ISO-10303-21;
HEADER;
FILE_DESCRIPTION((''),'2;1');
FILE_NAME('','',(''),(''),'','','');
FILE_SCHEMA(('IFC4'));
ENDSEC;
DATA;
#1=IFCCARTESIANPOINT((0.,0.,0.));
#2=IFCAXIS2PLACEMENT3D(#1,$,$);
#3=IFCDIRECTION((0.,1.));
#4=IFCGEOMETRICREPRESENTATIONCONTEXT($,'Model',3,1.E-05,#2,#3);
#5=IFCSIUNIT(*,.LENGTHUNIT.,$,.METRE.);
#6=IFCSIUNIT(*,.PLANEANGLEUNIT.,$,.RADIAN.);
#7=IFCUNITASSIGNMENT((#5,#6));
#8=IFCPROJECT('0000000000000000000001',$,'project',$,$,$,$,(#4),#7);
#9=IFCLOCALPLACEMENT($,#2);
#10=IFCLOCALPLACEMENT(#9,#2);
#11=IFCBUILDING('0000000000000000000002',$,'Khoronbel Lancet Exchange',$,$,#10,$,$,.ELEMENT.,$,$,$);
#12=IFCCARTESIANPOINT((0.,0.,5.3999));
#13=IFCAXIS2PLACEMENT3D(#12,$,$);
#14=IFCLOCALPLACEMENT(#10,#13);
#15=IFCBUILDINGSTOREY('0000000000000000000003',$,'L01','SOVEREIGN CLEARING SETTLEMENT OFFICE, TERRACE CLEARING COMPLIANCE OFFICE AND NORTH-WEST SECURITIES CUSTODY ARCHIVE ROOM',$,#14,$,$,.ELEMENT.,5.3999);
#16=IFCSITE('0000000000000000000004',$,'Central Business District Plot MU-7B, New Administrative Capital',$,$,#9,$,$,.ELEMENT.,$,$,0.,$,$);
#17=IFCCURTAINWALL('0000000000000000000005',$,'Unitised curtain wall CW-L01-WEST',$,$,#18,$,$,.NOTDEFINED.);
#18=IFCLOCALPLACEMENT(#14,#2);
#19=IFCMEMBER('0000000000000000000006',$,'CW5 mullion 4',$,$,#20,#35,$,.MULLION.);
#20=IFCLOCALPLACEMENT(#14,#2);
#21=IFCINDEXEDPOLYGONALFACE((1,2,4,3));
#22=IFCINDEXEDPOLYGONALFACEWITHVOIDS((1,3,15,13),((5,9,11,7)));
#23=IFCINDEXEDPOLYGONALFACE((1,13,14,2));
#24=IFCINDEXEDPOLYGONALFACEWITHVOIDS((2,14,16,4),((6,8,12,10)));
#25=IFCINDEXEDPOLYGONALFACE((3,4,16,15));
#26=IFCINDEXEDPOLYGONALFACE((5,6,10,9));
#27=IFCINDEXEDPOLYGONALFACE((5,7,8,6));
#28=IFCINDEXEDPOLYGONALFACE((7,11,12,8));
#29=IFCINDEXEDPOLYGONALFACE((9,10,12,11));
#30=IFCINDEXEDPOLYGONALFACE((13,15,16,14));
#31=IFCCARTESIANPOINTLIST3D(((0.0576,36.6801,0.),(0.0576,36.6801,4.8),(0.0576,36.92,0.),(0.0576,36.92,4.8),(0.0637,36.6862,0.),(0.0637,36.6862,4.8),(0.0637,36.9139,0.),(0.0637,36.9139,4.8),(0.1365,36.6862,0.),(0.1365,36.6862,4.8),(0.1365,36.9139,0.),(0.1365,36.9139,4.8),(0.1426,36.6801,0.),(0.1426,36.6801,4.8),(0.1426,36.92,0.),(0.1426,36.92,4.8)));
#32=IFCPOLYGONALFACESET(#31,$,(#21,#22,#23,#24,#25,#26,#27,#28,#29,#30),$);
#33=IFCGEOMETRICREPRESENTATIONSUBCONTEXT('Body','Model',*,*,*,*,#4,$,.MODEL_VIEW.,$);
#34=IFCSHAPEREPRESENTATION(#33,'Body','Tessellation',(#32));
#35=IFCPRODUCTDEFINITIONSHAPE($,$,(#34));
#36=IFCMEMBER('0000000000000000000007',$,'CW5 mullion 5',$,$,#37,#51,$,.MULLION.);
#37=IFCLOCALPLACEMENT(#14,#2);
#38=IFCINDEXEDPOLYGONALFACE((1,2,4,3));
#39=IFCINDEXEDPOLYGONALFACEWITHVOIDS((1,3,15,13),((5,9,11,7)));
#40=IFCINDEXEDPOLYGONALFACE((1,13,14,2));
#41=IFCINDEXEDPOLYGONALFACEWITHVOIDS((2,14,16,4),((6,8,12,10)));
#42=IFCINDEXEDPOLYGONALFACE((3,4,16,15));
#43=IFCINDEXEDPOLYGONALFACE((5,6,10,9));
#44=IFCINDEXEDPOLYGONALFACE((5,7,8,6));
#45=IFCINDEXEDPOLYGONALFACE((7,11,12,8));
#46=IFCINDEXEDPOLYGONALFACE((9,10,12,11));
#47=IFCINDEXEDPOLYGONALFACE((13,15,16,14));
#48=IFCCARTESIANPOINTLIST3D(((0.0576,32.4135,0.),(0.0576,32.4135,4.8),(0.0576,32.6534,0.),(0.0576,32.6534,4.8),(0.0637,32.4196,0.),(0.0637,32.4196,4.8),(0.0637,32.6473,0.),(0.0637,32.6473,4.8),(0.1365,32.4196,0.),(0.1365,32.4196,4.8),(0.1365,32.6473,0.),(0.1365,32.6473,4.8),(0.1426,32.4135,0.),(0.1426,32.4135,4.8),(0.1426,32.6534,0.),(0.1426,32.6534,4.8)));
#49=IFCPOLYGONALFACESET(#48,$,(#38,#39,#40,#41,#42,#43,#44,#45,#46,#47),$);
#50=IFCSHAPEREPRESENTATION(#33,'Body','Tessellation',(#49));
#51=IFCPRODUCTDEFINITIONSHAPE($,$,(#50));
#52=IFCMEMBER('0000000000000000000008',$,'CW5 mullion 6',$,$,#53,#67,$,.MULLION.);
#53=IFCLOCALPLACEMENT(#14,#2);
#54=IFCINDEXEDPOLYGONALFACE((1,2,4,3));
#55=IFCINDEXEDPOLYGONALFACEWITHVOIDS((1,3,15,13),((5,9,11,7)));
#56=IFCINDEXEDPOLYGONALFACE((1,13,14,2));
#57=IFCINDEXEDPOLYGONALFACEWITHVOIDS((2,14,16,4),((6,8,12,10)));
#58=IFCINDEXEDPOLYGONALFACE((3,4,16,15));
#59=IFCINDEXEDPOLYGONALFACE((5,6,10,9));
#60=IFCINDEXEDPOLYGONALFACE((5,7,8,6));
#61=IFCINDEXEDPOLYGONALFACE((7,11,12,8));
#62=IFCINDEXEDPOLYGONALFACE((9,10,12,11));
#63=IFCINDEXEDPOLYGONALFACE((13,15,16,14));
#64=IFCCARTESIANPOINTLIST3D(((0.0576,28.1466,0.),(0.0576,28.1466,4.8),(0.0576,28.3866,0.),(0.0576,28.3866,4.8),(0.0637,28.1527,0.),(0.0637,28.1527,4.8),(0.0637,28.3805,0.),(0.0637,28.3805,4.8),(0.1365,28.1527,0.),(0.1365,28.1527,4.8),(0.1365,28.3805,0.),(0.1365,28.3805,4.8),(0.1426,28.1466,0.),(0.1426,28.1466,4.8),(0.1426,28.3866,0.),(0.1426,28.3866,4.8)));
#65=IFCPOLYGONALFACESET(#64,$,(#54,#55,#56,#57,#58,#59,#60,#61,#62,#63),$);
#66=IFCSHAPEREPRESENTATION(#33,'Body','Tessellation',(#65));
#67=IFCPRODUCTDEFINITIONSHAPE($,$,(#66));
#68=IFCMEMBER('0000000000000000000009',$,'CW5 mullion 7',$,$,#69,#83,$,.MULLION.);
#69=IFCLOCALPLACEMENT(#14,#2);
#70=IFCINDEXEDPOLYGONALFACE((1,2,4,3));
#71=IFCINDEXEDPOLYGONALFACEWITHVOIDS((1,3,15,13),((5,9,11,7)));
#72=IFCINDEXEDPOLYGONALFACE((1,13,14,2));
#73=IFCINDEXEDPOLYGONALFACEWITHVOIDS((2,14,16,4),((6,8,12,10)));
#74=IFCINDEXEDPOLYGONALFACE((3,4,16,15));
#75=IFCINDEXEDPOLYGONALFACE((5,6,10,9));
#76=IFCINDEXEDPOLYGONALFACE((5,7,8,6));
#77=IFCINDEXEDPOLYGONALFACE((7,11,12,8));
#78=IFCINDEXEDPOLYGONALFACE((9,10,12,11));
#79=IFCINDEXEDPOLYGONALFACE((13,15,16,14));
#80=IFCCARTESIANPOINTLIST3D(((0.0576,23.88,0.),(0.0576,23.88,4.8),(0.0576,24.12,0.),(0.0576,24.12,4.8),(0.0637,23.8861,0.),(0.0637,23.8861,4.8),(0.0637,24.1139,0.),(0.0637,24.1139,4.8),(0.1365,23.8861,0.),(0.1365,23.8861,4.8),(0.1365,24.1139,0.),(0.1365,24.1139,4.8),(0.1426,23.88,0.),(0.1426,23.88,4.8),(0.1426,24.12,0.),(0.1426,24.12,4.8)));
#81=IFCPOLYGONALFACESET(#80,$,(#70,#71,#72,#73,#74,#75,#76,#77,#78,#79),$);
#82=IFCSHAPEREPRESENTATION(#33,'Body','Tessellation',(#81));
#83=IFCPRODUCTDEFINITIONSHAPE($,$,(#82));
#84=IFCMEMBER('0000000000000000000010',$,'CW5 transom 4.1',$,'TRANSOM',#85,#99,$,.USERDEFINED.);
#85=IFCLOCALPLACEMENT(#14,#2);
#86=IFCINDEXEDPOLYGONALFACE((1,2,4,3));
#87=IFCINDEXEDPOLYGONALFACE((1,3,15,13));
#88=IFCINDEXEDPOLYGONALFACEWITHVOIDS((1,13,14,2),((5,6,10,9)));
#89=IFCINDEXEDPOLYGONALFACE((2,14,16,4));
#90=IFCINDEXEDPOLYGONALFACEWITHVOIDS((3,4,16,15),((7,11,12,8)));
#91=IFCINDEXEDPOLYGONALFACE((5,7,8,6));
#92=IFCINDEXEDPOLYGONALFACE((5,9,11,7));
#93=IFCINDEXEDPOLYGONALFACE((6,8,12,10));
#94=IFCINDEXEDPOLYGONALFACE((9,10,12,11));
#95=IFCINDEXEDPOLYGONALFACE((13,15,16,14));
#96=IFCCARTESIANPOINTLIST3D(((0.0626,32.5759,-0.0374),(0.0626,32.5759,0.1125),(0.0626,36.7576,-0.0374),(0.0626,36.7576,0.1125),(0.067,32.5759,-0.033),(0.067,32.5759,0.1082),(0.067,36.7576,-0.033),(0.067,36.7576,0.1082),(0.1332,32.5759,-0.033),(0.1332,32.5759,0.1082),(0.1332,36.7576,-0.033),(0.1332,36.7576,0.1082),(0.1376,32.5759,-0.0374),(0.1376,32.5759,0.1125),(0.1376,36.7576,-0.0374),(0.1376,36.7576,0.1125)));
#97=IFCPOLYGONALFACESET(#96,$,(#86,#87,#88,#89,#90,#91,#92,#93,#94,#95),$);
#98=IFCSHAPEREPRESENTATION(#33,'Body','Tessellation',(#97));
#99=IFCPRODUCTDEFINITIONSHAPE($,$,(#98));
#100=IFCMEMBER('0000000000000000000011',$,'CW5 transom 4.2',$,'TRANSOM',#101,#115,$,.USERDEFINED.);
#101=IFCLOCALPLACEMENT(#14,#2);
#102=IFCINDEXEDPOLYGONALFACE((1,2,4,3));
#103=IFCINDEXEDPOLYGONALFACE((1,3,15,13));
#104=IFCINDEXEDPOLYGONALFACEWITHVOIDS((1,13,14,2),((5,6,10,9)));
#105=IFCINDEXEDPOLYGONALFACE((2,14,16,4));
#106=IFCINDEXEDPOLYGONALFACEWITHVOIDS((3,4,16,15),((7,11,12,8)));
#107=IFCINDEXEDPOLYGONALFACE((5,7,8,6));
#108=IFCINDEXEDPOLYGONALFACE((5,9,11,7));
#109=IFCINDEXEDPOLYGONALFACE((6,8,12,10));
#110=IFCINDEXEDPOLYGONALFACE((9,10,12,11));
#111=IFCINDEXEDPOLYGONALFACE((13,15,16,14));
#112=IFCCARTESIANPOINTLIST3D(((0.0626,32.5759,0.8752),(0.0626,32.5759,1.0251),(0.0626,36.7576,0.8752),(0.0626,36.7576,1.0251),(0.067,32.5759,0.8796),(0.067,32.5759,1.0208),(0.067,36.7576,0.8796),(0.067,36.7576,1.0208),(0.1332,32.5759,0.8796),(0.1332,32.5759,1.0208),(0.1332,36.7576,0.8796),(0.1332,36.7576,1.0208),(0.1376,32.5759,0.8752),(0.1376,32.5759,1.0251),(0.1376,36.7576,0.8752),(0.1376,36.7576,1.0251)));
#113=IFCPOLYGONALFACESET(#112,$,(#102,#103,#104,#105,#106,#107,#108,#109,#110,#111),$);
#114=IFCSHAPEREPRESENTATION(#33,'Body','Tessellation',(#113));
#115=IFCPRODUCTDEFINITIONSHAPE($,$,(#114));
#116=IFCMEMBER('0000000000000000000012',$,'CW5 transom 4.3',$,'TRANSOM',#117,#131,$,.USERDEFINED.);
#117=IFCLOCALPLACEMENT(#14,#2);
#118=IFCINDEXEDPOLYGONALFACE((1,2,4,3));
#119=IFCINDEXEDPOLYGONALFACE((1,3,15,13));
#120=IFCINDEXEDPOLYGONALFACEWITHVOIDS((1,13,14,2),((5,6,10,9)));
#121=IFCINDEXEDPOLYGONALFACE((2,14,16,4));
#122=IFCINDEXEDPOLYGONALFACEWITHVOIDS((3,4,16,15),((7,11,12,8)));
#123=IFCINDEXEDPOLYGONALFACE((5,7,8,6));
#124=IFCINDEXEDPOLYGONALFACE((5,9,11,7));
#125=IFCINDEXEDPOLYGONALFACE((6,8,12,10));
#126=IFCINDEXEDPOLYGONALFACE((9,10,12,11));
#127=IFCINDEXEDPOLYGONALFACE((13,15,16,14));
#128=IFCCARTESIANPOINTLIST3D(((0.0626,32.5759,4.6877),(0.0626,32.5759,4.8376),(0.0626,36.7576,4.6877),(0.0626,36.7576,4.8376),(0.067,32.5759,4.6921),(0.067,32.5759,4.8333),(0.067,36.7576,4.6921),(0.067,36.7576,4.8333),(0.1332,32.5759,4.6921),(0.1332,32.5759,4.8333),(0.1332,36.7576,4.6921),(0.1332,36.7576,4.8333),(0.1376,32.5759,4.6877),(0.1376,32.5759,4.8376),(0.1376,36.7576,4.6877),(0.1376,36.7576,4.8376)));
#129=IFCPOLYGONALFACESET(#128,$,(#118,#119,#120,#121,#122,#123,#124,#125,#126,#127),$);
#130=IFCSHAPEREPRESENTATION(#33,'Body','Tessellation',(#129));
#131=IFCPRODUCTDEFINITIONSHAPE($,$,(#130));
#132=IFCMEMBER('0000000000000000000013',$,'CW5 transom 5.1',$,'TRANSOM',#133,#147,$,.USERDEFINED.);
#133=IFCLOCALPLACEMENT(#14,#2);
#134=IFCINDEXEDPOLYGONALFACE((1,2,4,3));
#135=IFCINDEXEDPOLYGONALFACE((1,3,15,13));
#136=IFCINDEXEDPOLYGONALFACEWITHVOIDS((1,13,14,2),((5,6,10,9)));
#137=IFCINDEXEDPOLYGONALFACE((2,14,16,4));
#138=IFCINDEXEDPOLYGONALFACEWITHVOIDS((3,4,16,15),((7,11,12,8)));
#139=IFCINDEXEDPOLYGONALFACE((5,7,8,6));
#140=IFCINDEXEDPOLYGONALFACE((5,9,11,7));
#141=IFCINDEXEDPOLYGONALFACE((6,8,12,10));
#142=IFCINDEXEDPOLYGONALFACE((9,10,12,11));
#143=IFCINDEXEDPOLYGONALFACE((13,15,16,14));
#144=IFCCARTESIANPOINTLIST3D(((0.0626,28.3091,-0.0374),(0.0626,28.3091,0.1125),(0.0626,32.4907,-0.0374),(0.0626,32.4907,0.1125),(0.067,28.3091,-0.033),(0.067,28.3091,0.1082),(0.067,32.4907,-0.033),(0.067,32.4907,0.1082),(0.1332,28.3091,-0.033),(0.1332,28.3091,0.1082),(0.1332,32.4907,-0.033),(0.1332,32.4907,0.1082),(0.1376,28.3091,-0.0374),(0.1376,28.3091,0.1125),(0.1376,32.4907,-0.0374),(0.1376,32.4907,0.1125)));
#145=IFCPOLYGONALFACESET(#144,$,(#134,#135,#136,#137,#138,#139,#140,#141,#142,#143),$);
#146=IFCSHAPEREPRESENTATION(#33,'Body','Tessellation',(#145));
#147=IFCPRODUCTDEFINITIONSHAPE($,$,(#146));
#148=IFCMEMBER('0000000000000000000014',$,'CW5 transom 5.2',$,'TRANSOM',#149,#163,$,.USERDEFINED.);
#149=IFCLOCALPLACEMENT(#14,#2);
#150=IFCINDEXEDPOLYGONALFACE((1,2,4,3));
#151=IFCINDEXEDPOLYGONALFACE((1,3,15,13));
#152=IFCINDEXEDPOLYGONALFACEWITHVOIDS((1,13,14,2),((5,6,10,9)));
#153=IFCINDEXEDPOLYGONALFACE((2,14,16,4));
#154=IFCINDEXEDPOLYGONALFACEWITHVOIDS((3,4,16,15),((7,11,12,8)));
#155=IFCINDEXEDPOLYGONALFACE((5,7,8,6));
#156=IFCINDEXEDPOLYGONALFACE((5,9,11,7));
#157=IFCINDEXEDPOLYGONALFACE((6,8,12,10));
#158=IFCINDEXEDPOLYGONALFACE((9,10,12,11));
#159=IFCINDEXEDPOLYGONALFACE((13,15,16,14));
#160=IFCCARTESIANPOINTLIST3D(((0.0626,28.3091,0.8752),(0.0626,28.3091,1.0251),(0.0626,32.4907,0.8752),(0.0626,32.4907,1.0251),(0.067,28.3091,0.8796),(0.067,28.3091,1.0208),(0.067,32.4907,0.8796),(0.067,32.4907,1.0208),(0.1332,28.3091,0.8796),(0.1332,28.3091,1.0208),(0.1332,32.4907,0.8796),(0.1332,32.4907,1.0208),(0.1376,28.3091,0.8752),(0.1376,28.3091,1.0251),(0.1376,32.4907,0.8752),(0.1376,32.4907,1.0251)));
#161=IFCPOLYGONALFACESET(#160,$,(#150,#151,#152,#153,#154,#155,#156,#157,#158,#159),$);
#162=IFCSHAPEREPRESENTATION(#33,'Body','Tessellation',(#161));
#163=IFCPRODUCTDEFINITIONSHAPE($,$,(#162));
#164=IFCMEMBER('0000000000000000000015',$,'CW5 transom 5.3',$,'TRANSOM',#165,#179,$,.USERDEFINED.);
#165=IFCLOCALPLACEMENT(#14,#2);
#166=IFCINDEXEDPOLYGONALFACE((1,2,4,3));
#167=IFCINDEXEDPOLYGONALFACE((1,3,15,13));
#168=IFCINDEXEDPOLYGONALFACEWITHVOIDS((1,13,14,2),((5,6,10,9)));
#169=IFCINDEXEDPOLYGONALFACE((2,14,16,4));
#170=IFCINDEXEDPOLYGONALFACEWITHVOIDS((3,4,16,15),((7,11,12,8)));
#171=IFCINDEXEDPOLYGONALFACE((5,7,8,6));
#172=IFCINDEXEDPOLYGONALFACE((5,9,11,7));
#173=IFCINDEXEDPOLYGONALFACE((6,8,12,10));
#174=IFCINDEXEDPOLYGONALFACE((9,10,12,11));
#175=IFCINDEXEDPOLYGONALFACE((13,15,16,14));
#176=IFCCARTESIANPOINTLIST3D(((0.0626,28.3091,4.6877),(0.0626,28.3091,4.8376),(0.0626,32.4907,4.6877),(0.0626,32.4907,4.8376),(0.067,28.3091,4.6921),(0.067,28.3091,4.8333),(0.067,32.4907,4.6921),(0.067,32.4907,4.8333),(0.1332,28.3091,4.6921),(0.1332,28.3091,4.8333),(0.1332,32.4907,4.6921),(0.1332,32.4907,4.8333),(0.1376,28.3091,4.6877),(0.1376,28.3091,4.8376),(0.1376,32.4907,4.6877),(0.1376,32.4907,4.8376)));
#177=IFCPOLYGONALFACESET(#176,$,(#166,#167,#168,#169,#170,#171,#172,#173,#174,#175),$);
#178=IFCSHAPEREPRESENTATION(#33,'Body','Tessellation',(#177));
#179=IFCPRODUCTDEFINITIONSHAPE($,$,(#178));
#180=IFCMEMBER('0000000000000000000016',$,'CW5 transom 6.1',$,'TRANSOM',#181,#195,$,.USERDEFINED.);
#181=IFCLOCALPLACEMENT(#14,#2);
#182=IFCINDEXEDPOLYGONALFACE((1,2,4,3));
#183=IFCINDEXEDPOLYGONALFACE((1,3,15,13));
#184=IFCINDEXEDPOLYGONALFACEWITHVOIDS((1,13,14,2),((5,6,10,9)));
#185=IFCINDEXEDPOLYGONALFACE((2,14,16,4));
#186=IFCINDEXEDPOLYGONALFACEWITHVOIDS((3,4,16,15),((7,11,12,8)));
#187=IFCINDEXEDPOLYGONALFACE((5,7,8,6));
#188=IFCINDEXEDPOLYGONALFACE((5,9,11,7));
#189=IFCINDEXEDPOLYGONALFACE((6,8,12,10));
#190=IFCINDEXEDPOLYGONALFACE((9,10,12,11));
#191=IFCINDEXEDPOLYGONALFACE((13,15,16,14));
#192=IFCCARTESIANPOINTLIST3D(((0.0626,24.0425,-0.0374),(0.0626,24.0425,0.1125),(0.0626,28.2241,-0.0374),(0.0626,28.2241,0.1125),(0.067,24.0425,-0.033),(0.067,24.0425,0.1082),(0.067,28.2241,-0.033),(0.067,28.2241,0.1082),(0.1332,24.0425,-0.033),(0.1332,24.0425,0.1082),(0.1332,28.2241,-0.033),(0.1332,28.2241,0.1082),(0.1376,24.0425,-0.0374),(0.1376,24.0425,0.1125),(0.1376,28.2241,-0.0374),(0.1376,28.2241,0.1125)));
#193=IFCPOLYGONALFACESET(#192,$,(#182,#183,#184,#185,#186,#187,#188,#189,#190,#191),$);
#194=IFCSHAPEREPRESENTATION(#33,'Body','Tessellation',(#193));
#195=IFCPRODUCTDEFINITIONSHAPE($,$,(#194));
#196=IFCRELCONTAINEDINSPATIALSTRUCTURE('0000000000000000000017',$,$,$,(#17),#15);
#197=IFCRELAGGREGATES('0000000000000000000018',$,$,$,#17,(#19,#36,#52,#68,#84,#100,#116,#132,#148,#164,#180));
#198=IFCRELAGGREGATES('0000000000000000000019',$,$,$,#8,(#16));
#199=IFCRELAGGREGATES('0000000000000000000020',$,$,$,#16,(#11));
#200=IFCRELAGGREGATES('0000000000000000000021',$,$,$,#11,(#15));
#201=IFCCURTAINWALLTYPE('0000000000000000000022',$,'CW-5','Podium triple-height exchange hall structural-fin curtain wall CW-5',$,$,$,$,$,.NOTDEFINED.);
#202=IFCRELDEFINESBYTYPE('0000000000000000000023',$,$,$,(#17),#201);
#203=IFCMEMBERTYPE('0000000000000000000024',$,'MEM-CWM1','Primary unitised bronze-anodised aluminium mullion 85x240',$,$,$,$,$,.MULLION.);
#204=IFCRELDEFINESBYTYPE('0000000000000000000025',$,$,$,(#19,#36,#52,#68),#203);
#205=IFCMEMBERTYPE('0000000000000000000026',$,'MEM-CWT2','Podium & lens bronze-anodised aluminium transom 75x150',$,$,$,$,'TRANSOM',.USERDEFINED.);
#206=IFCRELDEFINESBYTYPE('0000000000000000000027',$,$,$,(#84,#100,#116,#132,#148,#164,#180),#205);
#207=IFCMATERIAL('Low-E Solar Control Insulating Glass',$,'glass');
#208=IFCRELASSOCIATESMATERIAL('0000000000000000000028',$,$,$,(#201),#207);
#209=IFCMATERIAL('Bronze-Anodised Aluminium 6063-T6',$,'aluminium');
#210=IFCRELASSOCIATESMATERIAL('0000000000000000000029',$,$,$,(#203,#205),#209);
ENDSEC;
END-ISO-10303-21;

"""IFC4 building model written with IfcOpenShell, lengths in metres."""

from ifc_helpers import new_model, si_unit, direction, frame, origin, origin_2d, place, context, subcontext, project, spatial, hollow_rectangle, extrude, material, material_profile, profile_set, type_object, element, aggregate, save


model = new_model("IFC4")

# Units and contexts
model_context = context("Model", 3, precision=1e-05, world=origin(), true_north=direction((0.0, 1.0)))
body_context = subcontext(model_context, "Body", "Model", "MODEL_VIEW")
ifc_project = project(units=[si_unit("LENGTHUNIT", "METRE"), si_unit("PLANEANGLEUNIT", "RADIAN")], contexts=[model_context])

# Site, building, storey
site_placement = place(None, origin())
site = spatial("IfcSite", under=ifc_project, at=site_placement, Name="Central Business District Plot MU-7B, New Administrative Capital", CompositionType="ELEMENT", RefElevation=0.0)
building_placement = place(site_placement, origin())
building = spatial("IfcBuilding", under=site, at=building_placement, Name="Khoronbel Lancet Exchange", CompositionType="ELEMENT")
storey_placement = place(building_placement, frame((0.0, 0.0, 5.3999)))
storey = spatial("IfcBuildingStorey", under=building, at=storey_placement, Name="L01", Description="SOVEREIGN CLEARING SETTLEMENT OFFICE, TERRACE CLEARING COMPLIANCE OFFICE AND NORTH-WEST SECURITIES CUSTODY ARCHIVE ROOM", CompositionType="ELEMENT", Elevation=5.3999)

# Curtain wall, members
ifc_material_1 = material(Name="Low-E Solar Control Insulating Glass", Category="glass")
curtain_wall_type = type_object("IfcCurtainWallType", Name="CW-5", Description="Podium triple-height exchange hall structural-fin curtain wall CW-5", PredefinedType="NOTDEFINED", material=ifc_material_1)
curtain_wall_placement = place(storey_placement, origin())
curtain_wall = element("IfcCurtainWall", 1, at=curtain_wall_placement, inside=storey, type_object=curtain_wall_type, Name="Unitised curtain wall CW-L01-WEST", PredefinedType="NOTDEFINED")
ifc_material_2 = material(Name="Bronze-Anodised Aluminium 6063-T6", Category="aluminium")
ifc_material_profile_1 = material_profile(ifc_material_2, hollow_rectangle(XDim=0.085, YDim=0.24, WallThickness=0.0061, at=origin_2d()), Name="ALU MULLION 85x240")
ifc_profile_set_1 = profile_set([ifc_material_profile_1], Name="Bronze-Anodised Aluminium 6063-T6")
member_type_1 = type_object("IfcMemberType", Name="MEM-CWM1", Description="Primary unitised bronze-anodised aluminium mullion 85x240", PredefinedType="MULLION", material=ifc_profile_set_1)
member_1_placement = place(storey_placement, frame((0.1001, 36.8, 0.0), z_axis=(0.0, 0.0, 1.0), x_axis=(1.0, 0.0, 0.0)))
member_1 = element("IfcMember", 2, at=member_1_placement, type_object=member_type_1, Name="CW5 mullion 4", PredefinedType="MULLION", context=body_context, shape_type="SweptSolid", body=[
    extrude(hollow_rectangle(XDim=0.085, YDim=0.24, WallThickness=0.0061, at=origin_2d()), origin(), (0.0, 0.0, 1.0), 4.8),
])
member_2_placement = place(storey_placement, frame((0.1001, 32.5334, 0.0), z_axis=(0.0, 0.0, 1.0), x_axis=(1.0, 0.0, 0.0)))
member_2 = element("IfcMember", 3, at=member_2_placement, type_object=member_type_1, Name="CW5 mullion 5", PredefinedType="MULLION", context=body_context, shape_type="SweptSolid", body=[
    extrude(hollow_rectangle(XDim=0.085, YDim=0.24, WallThickness=0.0061, at=origin_2d()), origin(), (0.0, 0.0, 1.0), 4.8),
])
member_3_placement = place(storey_placement, frame((0.1001, 28.2666, 0.0), z_axis=(0.0, 0.0, 1.0), x_axis=(1.0, 0.0, 0.0)))
member_3 = element("IfcMember", 4, at=member_3_placement, type_object=member_type_1, Name="CW5 mullion 6", PredefinedType="MULLION", context=body_context, shape_type="SweptSolid", body=[
    extrude(hollow_rectangle(XDim=0.085, YDim=0.24, WallThickness=0.0061, at=origin_2d()), origin(), (0.0, 0.0, 1.0), 4.8),
])
member_4_placement = place(storey_placement, frame((0.1001, 24.0, 0.0), z_axis=(0.0, 0.0, 1.0), x_axis=(1.0, 0.0, 0.0)))
member_4 = element("IfcMember", 5, at=member_4_placement, type_object=member_type_1, Name="CW5 mullion 7", PredefinedType="MULLION", context=body_context, shape_type="SweptSolid", body=[
    extrude(hollow_rectangle(XDim=0.085, YDim=0.24, WallThickness=0.0061, at=origin_2d()), origin(), (0.0, 0.0, 1.0), 4.8),
])
ifc_material_profile_2 = material_profile(ifc_material_2, hollow_rectangle(XDim=0.075, YDim=0.1499, WallThickness=0.0044, at=origin_2d()), Name="ALU TRANSOM 75x150")
ifc_profile_set_2 = profile_set([ifc_material_profile_2], Name="Bronze-Anodised Aluminium 6063-T6")
member_type_2 = type_object("IfcMemberType", Name="MEM-CWT2", Description="Podium & lens bronze-anodised aluminium transom 75x150", ElementType="TRANSOM", PredefinedType="USERDEFINED", material=ifc_profile_set_2)
member_5_placement = place(storey_placement, frame((0.1001, 36.7576, 0.0376), z_axis=(0.0, -1.0, 0.0), x_axis=(1.0, 0.0, 0.0)))
member_5 = element("IfcMember", 6, at=member_5_placement, type_object=member_type_2, Name="CW5 transom 4.1", ObjectType="TRANSOM", PredefinedType="USERDEFINED", context=body_context, shape_type="SweptSolid", body=[
    extrude(hollow_rectangle(XDim=0.075, YDim=0.1499, WallThickness=0.0044, at=origin_2d()), origin(), (0.0, 0.0, 1.0), 4.1816),
])
member_6_placement = place(storey_placement, frame((0.1001, 36.7576, 0.9502), z_axis=(0.0, -1.0, 0.0), x_axis=(1.0, 0.0, 0.0)))
member_6 = element("IfcMember", 7, at=member_6_placement, type_object=member_type_2, Name="CW5 transom 4.2", ObjectType="TRANSOM", PredefinedType="USERDEFINED", context=body_context, shape_type="SweptSolid", body=[
    extrude(hollow_rectangle(XDim=0.075, YDim=0.1499, WallThickness=0.0044, at=origin_2d()), origin(), (0.0, 0.0, 1.0), 4.1816),
])
member_7_placement = place(storey_placement, frame((0.1001, 36.7576, 4.7627), z_axis=(0.0, -1.0, 0.0), x_axis=(1.0, 0.0, 0.0)))
member_7 = element("IfcMember", 8, at=member_7_placement, type_object=member_type_2, Name="CW5 transom 4.3", ObjectType="TRANSOM", PredefinedType="USERDEFINED", context=body_context, shape_type="SweptSolid", body=[
    extrude(hollow_rectangle(XDim=0.075, YDim=0.1499, WallThickness=0.0044, at=origin_2d()), origin(), (0.0, 0.0, 1.0), 4.1816),
])
member_8_placement = place(storey_placement, frame((0.1001, 32.4907, 0.0376), z_axis=(0.0, -1.0, 0.0), x_axis=(1.0, 0.0, 0.0)))
member_8 = element("IfcMember", 9, at=member_8_placement, type_object=member_type_2, Name="CW5 transom 5.1", ObjectType="TRANSOM", PredefinedType="USERDEFINED", context=body_context, shape_type="SweptSolid", body=[
    extrude(hollow_rectangle(XDim=0.075, YDim=0.1499, WallThickness=0.0044, at=origin_2d()), origin(), (0.0, 0.0, 1.0), 4.1816),
])
member_9_placement = place(storey_placement, frame((0.1001, 32.4907, 0.9502), z_axis=(0.0, -1.0, 0.0), x_axis=(1.0, 0.0, 0.0)))
member_9 = element("IfcMember", 10, at=member_9_placement, type_object=member_type_2, Name="CW5 transom 5.2", ObjectType="TRANSOM", PredefinedType="USERDEFINED", context=body_context, shape_type="SweptSolid", body=[
    extrude(hollow_rectangle(XDim=0.075, YDim=0.1499, WallThickness=0.0044, at=origin_2d()), origin(), (0.0, 0.0, 1.0), 4.1816),
])
member_10_placement = place(storey_placement, frame((0.1001, 32.4907, 4.7627), z_axis=(0.0, -1.0, 0.0), x_axis=(1.0, 0.0, 0.0)))
member_10 = element("IfcMember", 11, at=member_10_placement, type_object=member_type_2, Name="CW5 transom 5.3", ObjectType="TRANSOM", PredefinedType="USERDEFINED", context=body_context, shape_type="SweptSolid", body=[
    extrude(hollow_rectangle(XDim=0.075, YDim=0.1499, WallThickness=0.0044, at=origin_2d()), origin(), (0.0, 0.0, 1.0), 4.1816),
])
member_11_placement = place(storey_placement, frame((0.1001, 28.2241, 0.0376), z_axis=(0.0, -1.0, 0.0), x_axis=(1.0, 0.0, 0.0)))
member_11 = element("IfcMember", 12, at=member_11_placement, type_object=member_type_2, Name="CW5 transom 6.1", ObjectType="TRANSOM", PredefinedType="USERDEFINED", context=body_context, shape_type="SweptSolid", body=[
    extrude(hollow_rectangle(XDim=0.075, YDim=0.1499, WallThickness=0.0044, at=origin_2d()), origin(), (0.0, 0.0, 1.0), 4.1816),
])
aggregate(curtain_wall, [member_1, member_2, member_3, member_4, member_5, member_6, member_7, member_8, member_9, member_10, member_11])

save(model, "model.ifc")
